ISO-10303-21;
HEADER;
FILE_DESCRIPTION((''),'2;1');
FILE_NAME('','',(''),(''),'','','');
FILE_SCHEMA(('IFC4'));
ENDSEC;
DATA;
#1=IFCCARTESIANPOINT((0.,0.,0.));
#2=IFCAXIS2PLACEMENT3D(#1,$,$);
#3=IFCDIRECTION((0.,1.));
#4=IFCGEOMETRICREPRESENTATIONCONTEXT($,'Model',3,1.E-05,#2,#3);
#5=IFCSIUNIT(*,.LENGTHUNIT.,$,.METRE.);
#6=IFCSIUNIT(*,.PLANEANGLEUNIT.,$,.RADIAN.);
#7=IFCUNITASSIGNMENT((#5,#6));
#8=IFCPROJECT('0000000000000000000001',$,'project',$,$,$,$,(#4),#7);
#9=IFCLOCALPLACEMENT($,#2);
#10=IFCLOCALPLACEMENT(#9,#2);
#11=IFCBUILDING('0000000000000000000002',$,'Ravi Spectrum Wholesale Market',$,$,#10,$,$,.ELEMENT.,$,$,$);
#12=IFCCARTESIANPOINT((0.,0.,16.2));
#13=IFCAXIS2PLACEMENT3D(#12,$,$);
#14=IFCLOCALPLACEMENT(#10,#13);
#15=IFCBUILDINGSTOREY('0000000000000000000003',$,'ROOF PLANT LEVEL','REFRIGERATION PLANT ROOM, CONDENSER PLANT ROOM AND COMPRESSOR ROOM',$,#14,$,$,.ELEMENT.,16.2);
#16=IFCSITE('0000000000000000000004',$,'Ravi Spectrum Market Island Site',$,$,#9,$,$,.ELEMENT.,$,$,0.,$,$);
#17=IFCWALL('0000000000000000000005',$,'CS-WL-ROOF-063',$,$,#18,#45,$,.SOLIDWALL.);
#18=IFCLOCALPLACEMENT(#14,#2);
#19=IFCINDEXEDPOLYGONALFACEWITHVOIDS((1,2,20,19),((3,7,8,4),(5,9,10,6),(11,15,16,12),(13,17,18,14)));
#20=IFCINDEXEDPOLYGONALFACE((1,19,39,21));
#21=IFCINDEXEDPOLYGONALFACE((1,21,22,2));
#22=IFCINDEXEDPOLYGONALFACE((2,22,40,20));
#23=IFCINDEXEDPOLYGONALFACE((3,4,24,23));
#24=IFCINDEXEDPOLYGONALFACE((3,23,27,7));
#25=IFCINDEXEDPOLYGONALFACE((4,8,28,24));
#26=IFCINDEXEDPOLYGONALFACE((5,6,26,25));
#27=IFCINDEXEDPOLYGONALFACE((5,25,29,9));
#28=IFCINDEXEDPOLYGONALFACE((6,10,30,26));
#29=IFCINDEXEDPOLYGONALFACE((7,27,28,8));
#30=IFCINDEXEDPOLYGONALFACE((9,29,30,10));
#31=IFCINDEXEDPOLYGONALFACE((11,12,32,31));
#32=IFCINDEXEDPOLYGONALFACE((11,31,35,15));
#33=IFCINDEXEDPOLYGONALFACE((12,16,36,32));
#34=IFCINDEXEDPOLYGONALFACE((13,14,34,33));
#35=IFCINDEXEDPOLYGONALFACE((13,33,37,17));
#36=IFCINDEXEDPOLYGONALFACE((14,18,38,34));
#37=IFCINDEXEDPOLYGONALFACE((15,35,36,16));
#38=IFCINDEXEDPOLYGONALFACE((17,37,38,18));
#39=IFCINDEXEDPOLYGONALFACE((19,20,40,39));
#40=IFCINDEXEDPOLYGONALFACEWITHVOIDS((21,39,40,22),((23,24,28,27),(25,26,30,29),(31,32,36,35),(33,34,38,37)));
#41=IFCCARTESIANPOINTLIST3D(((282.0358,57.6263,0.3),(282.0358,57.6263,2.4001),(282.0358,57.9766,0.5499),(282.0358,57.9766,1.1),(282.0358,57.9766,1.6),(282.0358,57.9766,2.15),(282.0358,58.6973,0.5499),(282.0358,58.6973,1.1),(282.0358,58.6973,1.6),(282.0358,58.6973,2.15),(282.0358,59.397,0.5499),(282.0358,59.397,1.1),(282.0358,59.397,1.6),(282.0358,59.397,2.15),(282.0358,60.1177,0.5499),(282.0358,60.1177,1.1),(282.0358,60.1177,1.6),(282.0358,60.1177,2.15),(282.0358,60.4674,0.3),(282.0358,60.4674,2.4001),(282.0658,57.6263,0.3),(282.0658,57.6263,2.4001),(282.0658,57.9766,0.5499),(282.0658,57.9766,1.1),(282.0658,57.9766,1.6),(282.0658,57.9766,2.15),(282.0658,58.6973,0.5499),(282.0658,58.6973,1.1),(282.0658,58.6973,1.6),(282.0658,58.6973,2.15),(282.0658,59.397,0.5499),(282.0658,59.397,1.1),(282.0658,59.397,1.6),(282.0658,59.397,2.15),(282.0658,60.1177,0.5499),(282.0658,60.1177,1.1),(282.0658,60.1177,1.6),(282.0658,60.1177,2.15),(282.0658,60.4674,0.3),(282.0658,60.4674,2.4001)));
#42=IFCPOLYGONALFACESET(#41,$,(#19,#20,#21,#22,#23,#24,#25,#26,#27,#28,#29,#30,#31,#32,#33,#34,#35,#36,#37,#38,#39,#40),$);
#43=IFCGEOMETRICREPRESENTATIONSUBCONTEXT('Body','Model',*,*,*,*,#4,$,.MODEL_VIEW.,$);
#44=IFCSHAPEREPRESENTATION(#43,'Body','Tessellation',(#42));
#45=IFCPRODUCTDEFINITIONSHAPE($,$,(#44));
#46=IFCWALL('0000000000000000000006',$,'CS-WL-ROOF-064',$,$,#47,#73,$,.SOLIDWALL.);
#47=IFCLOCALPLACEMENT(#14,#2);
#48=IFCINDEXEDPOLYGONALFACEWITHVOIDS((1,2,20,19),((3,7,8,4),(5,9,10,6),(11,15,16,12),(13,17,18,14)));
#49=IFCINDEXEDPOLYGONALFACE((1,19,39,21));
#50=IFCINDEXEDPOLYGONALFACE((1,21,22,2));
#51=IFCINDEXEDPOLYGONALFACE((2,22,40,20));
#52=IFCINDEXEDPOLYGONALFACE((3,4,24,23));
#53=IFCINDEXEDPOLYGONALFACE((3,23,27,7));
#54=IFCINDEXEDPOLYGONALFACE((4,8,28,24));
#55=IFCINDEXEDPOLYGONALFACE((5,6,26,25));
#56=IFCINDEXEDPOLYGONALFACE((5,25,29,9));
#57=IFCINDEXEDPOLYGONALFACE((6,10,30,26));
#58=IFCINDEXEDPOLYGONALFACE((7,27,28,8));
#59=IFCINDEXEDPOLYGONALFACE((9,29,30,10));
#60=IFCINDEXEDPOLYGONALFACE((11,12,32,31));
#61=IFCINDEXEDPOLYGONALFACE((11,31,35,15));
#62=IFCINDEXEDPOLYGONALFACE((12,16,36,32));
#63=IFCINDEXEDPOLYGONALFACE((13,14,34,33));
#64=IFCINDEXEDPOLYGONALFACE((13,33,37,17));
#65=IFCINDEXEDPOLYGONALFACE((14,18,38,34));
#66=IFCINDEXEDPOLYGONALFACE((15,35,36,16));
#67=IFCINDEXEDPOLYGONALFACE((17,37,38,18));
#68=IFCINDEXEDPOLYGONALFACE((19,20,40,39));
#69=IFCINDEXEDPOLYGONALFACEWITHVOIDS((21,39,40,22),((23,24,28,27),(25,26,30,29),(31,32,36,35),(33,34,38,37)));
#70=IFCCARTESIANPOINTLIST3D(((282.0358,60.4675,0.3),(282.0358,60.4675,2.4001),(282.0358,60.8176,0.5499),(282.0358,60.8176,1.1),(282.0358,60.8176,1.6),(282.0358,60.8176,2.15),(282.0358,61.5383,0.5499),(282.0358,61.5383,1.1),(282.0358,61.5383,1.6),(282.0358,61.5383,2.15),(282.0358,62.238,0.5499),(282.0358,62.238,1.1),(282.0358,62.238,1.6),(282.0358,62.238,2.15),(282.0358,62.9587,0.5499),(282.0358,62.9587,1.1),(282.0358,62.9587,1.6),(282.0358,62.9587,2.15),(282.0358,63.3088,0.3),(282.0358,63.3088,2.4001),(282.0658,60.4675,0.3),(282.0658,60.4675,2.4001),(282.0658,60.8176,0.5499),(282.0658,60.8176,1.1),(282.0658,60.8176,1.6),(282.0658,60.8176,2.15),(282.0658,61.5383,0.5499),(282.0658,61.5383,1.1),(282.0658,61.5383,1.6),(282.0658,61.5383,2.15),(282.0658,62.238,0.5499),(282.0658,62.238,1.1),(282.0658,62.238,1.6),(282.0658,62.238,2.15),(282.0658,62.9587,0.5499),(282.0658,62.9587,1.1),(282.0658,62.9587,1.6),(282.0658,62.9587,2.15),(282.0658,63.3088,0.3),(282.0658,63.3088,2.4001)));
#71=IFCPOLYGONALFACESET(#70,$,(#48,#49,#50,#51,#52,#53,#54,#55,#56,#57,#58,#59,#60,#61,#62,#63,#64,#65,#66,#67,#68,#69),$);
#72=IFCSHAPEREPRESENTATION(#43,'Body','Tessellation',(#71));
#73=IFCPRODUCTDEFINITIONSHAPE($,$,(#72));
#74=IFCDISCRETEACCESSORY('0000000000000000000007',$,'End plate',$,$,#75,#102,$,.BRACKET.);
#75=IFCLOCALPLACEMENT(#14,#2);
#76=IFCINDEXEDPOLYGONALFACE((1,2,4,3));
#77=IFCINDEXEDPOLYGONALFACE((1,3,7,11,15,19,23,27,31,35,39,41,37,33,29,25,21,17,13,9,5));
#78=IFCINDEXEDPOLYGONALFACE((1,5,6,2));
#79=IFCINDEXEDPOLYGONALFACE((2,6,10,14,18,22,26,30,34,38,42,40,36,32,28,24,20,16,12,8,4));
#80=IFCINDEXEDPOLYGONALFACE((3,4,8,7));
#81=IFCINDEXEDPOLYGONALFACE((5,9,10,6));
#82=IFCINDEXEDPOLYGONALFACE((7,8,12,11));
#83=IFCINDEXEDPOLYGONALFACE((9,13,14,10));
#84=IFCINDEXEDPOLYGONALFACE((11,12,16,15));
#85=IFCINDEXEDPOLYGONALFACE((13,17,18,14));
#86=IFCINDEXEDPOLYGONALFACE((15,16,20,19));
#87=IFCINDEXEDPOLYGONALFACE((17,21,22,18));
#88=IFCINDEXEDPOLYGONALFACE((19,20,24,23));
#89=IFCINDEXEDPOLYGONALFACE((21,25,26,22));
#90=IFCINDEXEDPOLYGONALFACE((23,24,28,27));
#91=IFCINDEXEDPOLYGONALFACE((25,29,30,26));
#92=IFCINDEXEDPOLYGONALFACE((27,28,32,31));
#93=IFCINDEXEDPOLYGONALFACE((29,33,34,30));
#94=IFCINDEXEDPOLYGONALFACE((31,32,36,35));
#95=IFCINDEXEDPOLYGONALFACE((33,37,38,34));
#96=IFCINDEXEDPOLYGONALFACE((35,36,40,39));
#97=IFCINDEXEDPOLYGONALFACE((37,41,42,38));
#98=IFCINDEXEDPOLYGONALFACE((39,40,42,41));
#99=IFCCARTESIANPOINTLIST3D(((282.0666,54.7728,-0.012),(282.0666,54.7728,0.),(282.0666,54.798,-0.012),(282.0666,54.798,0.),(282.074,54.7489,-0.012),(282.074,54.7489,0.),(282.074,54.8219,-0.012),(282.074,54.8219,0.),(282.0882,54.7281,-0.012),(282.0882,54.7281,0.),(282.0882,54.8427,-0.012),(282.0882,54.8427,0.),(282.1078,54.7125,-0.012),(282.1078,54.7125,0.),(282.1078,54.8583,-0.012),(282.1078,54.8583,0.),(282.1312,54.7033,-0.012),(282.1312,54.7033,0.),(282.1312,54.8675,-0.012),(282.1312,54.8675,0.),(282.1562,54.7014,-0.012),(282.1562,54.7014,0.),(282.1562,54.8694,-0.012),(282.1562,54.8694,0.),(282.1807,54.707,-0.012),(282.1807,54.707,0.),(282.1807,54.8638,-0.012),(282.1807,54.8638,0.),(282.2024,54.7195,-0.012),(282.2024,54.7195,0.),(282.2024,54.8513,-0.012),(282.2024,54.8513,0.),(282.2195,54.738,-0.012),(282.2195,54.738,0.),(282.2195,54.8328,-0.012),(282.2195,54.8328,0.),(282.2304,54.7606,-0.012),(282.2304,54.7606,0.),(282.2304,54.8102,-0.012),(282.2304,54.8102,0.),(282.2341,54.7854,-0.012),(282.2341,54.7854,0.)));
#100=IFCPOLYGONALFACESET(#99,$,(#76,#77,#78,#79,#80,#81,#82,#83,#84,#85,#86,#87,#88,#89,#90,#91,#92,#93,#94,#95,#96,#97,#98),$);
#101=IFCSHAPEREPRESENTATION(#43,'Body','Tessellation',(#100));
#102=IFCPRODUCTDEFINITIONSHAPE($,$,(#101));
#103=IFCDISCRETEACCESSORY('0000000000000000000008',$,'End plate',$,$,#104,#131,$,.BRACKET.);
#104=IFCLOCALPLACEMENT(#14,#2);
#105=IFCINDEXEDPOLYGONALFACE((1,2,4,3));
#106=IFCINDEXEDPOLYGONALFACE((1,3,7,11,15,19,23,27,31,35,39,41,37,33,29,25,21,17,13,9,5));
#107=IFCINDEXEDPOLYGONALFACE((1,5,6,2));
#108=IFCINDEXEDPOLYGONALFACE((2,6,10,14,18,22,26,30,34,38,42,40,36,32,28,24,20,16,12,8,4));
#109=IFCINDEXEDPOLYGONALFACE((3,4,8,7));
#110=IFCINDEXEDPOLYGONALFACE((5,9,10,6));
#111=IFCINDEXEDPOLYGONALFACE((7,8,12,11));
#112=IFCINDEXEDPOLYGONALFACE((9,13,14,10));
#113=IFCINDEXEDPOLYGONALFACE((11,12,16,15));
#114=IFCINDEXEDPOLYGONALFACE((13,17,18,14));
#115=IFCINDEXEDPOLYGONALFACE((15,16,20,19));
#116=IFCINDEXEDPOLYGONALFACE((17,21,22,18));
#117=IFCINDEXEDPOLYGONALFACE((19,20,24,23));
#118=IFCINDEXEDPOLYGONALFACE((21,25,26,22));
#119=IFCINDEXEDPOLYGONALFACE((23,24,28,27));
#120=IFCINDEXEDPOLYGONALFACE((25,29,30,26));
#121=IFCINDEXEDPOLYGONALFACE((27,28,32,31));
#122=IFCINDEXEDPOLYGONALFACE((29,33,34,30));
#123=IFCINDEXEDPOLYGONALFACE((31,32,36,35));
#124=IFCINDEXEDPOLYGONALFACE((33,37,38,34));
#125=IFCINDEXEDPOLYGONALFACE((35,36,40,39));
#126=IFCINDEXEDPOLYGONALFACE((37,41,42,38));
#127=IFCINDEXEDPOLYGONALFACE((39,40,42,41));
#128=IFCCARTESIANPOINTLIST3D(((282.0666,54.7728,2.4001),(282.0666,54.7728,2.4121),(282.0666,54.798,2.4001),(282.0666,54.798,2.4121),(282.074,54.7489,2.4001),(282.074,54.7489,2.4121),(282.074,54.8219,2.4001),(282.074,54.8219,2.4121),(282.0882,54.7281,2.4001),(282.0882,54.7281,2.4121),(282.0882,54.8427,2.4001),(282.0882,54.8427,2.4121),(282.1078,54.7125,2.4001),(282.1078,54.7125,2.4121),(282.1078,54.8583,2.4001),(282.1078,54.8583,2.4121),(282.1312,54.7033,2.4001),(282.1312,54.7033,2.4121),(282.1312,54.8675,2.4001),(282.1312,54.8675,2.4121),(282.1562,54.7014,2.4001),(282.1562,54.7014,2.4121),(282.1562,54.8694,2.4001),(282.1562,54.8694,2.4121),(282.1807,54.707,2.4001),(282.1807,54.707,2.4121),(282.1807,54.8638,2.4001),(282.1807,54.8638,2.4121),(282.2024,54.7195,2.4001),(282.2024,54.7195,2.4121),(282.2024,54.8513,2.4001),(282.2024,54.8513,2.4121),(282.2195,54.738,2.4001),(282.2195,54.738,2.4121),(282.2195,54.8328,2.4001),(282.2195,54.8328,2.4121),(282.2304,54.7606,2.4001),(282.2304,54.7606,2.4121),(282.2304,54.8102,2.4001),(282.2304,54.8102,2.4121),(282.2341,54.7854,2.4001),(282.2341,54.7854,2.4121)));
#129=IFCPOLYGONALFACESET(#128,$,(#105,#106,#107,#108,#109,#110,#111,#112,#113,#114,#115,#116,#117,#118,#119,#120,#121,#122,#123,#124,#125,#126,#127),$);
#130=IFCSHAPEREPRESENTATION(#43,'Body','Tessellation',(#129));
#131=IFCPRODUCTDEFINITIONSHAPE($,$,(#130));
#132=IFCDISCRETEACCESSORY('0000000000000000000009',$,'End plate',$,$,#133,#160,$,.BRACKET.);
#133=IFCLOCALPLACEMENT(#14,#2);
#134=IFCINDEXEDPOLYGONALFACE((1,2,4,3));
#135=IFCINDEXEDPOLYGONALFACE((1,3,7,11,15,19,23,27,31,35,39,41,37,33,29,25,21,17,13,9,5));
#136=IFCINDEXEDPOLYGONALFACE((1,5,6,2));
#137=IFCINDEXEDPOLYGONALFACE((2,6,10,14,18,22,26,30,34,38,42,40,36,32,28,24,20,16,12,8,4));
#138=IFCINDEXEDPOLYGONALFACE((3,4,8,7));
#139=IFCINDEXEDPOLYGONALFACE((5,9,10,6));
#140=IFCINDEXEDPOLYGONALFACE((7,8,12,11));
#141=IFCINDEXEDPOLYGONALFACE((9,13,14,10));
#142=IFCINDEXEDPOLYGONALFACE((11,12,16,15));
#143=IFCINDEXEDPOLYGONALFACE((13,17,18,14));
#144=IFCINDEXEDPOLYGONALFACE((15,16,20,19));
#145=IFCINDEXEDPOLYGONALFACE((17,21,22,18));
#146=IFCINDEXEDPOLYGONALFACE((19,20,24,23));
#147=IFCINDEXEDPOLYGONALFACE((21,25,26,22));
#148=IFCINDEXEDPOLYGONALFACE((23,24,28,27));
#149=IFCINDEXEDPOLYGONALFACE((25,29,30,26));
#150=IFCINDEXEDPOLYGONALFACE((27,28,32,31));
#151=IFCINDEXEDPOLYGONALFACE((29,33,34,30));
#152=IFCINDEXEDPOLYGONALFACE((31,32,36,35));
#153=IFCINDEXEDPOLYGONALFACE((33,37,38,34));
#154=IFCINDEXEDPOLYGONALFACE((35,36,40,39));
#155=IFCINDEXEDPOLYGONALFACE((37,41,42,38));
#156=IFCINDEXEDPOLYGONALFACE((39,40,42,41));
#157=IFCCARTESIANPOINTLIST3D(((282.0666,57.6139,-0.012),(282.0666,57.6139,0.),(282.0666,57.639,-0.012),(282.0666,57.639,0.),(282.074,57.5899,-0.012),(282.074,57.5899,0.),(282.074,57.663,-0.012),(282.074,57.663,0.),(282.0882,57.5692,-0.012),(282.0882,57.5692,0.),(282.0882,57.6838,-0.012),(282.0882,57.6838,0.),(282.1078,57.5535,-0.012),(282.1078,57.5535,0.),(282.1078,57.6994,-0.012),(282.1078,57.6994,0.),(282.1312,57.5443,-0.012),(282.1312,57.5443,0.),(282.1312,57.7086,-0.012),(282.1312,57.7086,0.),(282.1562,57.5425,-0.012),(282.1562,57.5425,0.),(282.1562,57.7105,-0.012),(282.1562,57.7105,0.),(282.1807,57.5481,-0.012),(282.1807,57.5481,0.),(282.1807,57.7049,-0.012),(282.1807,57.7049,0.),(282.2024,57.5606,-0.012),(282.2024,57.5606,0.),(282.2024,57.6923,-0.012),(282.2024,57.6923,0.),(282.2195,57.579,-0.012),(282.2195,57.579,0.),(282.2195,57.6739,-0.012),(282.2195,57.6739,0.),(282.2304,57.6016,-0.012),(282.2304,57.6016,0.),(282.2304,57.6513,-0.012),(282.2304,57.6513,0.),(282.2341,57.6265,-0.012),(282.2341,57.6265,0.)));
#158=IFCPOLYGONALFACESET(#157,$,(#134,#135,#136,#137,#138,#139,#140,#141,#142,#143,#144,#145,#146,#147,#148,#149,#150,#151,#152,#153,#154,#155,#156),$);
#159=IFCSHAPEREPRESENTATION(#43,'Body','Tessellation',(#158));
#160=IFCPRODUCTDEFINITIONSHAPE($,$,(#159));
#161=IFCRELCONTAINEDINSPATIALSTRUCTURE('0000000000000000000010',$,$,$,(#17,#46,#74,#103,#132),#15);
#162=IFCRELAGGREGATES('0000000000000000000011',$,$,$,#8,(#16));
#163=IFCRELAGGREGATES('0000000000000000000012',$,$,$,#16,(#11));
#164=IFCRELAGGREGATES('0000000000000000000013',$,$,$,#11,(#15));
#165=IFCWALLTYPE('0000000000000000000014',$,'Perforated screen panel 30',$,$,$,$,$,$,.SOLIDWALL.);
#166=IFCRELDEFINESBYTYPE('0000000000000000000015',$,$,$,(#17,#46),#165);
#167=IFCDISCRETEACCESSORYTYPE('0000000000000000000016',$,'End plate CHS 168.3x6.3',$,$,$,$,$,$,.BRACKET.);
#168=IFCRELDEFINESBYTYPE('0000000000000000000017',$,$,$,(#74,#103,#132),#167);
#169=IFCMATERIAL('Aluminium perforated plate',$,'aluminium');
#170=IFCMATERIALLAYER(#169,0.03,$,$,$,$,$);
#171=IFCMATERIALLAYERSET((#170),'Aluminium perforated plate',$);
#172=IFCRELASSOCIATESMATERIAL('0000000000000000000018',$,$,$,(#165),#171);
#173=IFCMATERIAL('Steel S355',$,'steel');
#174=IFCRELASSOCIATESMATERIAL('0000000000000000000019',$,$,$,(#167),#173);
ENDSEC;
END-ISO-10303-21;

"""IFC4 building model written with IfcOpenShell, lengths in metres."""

from ifc_helpers import new_model, si_unit, direction, frame, frame_2d, origin, origin_2d, place, context, subcontext, project, spatial, rectangle, circle, extrude, material, layer, layer_set, material_profile, profile_set, type_object, element, save


model = new_model("IFC4")

# Units and contexts
model_context = context("Model", 3, precision=1e-05, world=origin(), true_north=direction((0.0, 1.0)))
body_context = subcontext(model_context, "Body", "Model", "MODEL_VIEW")
ifc_project = project(units=[si_unit("LENGTHUNIT", "METRE"), si_unit("PLANEANGLEUNIT", "RADIAN")], contexts=[model_context])

# Site, building, storey
site_placement = place(None, origin())
site = spatial("IfcSite", under=ifc_project, at=site_placement, Name="Ravi Spectrum Market Island Site", CompositionType="ELEMENT", RefElevation=0.0)
building_placement = place(site_placement, origin())
building = spatial("IfcBuilding", under=site, at=building_placement, Name="Ravi Spectrum Wholesale Market", CompositionType="ELEMENT")
storey_placement = place(building_placement, frame((0.0, 0.0, 16.2)))
storey = spatial("IfcBuildingStorey", under=building, at=storey_placement, Name="ROOF PLANT LEVEL", Description="REFRIGERATION PLANT ROOM, CONDENSER PLANT ROOM AND COMPRESSOR ROOM", CompositionType="ELEMENT", Elevation=16.2)

# Walls, openings
ifc_material_1 = material(Name="Aluminium perforated plate", Category="aluminium")
ifc_layer = layer(ifc_material_1, 0.03)
ifc_layer_set = layer_set([ifc_layer], Name="Aluminium perforated plate")
wall_type = type_object("IfcWallType", Name="Perforated screen panel 30", PredefinedType="SOLIDWALL", material=ifc_layer_set)
wall_1_placement = place(storey_placement, frame((282.0508, 57.6265, 0.3), z_axis=(0.0, 0.0, 1.0), x_axis=(0.0, 1.0, 0.0)))
wall_1 = element("IfcWall", 1, at=wall_1_placement, inside=storey, type_object=wall_type, Name="CS-WL-ROOF-063", PredefinedType="SOLIDWALL", context=body_context, shape_type="SweptSolid", body=[
    extrude(rectangle(XDim=2.8411, YDim=0.03, at=frame_2d((1.4204, 0.0))), origin(), (0.0, 0.0, 1.0), 2.1001),
])
opening_1_placement = place(wall_1_placement, frame((0.3501, 0.0, 0.25)))
element("IfcOpeningElement", 2, at=opening_1_placement, cuts=wall_1, PredefinedType="OPENING", context=body_context, shape_type="SweptSolid", body=[
    extrude(rectangle(XDim=0.7207, YDim=0.55, at=frame_2d((0.3604, 0.2749))), frame((0.0, 0.0249, 0.0), z_axis=(0.0, -1.0, 0.0), x_axis=(1.0, 0.0, 0.0)), (0.0, 0.0, 1.0), 0.05),
])
opening_2_placement = place(wall_1_placement, frame((0.3501, 0.0, 1.3)))
element("IfcOpeningElement", 3, at=opening_2_placement, cuts=wall_1, PredefinedType="OPENING", context=body_context, shape_type="SweptSolid", body=[
    extrude(rectangle(XDim=0.7207, YDim=0.55, at=frame_2d((0.3604, 0.2749))), frame((0.0, 0.0249, 0.0), z_axis=(0.0, -1.0, 0.0), x_axis=(1.0, 0.0, 0.0)), (0.0, 0.0, 1.0), 0.05),
])
opening_3_placement = place(wall_1_placement, frame((1.7705, 0.0, 0.25)))
element("IfcOpeningElement", 4, at=opening_3_placement, cuts=wall_1, PredefinedType="OPENING", context=body_context, shape_type="SweptSolid", body=[
    extrude(rectangle(XDim=0.7207, YDim=0.55, at=frame_2d((0.3604, 0.2749))), frame((0.0, 0.0249, 0.0), z_axis=(0.0, -1.0, 0.0), x_axis=(1.0, 0.0, 0.0)), (0.0, 0.0, 1.0), 0.05),
])
opening_4_placement = place(wall_1_placement, frame((1.7705, 0.0, 1.3)))
element("IfcOpeningElement", 5, at=opening_4_placement, cuts=wall_1, PredefinedType="OPENING", context=body_context, shape_type="SweptSolid", body=[
    extrude(rectangle(XDim=0.7207, YDim=0.55, at=frame_2d((0.3604, 0.2749))), frame((0.0, 0.0249, 0.0), z_axis=(0.0, -1.0, 0.0), x_axis=(1.0, 0.0, 0.0)), (0.0, 0.0, 1.0), 0.05),
])
wall_2_placement = place(storey_placement, frame((282.0508, 60.4675, 0.3), z_axis=(0.0, 0.0, 1.0), x_axis=(0.0, 1.0, 0.0)))
wall_2 = element("IfcWall", 6, at=wall_2_placement, inside=storey, type_object=wall_type, Name="CS-WL-ROOF-064", PredefinedType="SOLIDWALL", context=body_context, shape_type="SweptSolid", body=[
    extrude(rectangle(XDim=2.8413, YDim=0.03, at=frame_2d((1.4207, 0.0))), origin(), (0.0, 0.0, 1.0), 2.1001),
])
opening_5_placement = place(wall_2_placement, frame((0.3501, 0.0, 0.25)))
element("IfcOpeningElement", 7, at=opening_5_placement, cuts=wall_2, PredefinedType="OPENING", context=body_context, shape_type="SweptSolid", body=[
    extrude(rectangle(XDim=0.7207, YDim=0.55, at=frame_2d((0.3604, 0.2749))), frame((0.0, 0.0249, 0.0), z_axis=(0.0, -1.0, 0.0), x_axis=(1.0, 0.0, 0.0)), (0.0, 0.0, 1.0), 0.05),
])
opening_6_placement = place(wall_2_placement, frame((0.3501, 0.0, 1.3)))
element("IfcOpeningElement", 8, at=opening_6_placement, cuts=wall_2, PredefinedType="OPENING", context=body_context, shape_type="SweptSolid", body=[
    extrude(rectangle(XDim=0.7207, YDim=0.55, at=frame_2d((0.3604, 0.2749))), frame((0.0, 0.0249, 0.0), z_axis=(0.0, -1.0, 0.0), x_axis=(1.0, 0.0, 0.0)), (0.0, 0.0, 1.0), 0.05),
])
opening_7_placement = place(wall_2_placement, frame((1.7705, 0.0, 0.25)))
element("IfcOpeningElement", 9, at=opening_7_placement, cuts=wall_2, PredefinedType="OPENING", context=body_context, shape_type="SweptSolid", body=[
    extrude(rectangle(XDim=0.7207, YDim=0.55, at=frame_2d((0.3604, 0.2749))), frame((0.0, 0.0249, 0.0), z_axis=(0.0, -1.0, 0.0), x_axis=(1.0, 0.0, 0.0)), (0.0, 0.0, 1.0), 0.05),
])
opening_8_placement = place(wall_2_placement, frame((1.7705, 0.0, 1.3)))
element("IfcOpeningElement", 10, at=opening_8_placement, cuts=wall_2, PredefinedType="OPENING", context=body_context, shape_type="SweptSolid", body=[
    extrude(rectangle(XDim=0.7207, YDim=0.55, at=frame_2d((0.3604, 0.2749))), frame((0.0, 0.0249, 0.0), z_axis=(0.0, -1.0, 0.0), x_axis=(1.0, 0.0, 0.0)), (0.0, 0.0, 1.0), 0.05),
])

# Discrete accessories
ifc_material_2 = material(Name="Steel S355", Category="steel")
ifc_material_profile_1 = material_profile(ifc_material_2, circle(Radius=0.0842, at=origin_2d()))
ifc_profile_set_1 = profile_set([ifc_material_profile_1], Name="Steel S355")
discrete_accessory_type = type_object("IfcDiscreteAccessoryType", Name="End plate CHS 168.3x6.3", PredefinedType="BRACKET", material=ifc_profile_set_1)
for number, where, z_axis, x_axis, name in (
    (11, (282.1499, 54.7854, 0.0), (0.0, 0.0, -1.0), (1.0, 0.0, 0.0), "End plate"),
    (12, (282.1499, 54.7854, 2.4001), (0.0, 0.0, 1.0), (1.0, 0.0, 0.0), "End plate"),
    (13, (282.1499, 57.6265, 0.0), (0.0, 0.0, -1.0), (1.0, 0.0, 0.0), "End plate"),
):
    element("IfcDiscreteAccessory", number, at=place(storey_placement, frame(where, z_axis=z_axis, x_axis=x_axis)), inside=storey, type_object=discrete_accessory_type, Name=name, PredefinedType="BRACKET", context=body_context, shape_type="SweptSolid", body=[
        extrude(circle(Radius=0.0842, at=origin_2d()), origin(), (0.0, 0.0, 1.0), 0.012),
    ])

save(model, "model.ifc")
